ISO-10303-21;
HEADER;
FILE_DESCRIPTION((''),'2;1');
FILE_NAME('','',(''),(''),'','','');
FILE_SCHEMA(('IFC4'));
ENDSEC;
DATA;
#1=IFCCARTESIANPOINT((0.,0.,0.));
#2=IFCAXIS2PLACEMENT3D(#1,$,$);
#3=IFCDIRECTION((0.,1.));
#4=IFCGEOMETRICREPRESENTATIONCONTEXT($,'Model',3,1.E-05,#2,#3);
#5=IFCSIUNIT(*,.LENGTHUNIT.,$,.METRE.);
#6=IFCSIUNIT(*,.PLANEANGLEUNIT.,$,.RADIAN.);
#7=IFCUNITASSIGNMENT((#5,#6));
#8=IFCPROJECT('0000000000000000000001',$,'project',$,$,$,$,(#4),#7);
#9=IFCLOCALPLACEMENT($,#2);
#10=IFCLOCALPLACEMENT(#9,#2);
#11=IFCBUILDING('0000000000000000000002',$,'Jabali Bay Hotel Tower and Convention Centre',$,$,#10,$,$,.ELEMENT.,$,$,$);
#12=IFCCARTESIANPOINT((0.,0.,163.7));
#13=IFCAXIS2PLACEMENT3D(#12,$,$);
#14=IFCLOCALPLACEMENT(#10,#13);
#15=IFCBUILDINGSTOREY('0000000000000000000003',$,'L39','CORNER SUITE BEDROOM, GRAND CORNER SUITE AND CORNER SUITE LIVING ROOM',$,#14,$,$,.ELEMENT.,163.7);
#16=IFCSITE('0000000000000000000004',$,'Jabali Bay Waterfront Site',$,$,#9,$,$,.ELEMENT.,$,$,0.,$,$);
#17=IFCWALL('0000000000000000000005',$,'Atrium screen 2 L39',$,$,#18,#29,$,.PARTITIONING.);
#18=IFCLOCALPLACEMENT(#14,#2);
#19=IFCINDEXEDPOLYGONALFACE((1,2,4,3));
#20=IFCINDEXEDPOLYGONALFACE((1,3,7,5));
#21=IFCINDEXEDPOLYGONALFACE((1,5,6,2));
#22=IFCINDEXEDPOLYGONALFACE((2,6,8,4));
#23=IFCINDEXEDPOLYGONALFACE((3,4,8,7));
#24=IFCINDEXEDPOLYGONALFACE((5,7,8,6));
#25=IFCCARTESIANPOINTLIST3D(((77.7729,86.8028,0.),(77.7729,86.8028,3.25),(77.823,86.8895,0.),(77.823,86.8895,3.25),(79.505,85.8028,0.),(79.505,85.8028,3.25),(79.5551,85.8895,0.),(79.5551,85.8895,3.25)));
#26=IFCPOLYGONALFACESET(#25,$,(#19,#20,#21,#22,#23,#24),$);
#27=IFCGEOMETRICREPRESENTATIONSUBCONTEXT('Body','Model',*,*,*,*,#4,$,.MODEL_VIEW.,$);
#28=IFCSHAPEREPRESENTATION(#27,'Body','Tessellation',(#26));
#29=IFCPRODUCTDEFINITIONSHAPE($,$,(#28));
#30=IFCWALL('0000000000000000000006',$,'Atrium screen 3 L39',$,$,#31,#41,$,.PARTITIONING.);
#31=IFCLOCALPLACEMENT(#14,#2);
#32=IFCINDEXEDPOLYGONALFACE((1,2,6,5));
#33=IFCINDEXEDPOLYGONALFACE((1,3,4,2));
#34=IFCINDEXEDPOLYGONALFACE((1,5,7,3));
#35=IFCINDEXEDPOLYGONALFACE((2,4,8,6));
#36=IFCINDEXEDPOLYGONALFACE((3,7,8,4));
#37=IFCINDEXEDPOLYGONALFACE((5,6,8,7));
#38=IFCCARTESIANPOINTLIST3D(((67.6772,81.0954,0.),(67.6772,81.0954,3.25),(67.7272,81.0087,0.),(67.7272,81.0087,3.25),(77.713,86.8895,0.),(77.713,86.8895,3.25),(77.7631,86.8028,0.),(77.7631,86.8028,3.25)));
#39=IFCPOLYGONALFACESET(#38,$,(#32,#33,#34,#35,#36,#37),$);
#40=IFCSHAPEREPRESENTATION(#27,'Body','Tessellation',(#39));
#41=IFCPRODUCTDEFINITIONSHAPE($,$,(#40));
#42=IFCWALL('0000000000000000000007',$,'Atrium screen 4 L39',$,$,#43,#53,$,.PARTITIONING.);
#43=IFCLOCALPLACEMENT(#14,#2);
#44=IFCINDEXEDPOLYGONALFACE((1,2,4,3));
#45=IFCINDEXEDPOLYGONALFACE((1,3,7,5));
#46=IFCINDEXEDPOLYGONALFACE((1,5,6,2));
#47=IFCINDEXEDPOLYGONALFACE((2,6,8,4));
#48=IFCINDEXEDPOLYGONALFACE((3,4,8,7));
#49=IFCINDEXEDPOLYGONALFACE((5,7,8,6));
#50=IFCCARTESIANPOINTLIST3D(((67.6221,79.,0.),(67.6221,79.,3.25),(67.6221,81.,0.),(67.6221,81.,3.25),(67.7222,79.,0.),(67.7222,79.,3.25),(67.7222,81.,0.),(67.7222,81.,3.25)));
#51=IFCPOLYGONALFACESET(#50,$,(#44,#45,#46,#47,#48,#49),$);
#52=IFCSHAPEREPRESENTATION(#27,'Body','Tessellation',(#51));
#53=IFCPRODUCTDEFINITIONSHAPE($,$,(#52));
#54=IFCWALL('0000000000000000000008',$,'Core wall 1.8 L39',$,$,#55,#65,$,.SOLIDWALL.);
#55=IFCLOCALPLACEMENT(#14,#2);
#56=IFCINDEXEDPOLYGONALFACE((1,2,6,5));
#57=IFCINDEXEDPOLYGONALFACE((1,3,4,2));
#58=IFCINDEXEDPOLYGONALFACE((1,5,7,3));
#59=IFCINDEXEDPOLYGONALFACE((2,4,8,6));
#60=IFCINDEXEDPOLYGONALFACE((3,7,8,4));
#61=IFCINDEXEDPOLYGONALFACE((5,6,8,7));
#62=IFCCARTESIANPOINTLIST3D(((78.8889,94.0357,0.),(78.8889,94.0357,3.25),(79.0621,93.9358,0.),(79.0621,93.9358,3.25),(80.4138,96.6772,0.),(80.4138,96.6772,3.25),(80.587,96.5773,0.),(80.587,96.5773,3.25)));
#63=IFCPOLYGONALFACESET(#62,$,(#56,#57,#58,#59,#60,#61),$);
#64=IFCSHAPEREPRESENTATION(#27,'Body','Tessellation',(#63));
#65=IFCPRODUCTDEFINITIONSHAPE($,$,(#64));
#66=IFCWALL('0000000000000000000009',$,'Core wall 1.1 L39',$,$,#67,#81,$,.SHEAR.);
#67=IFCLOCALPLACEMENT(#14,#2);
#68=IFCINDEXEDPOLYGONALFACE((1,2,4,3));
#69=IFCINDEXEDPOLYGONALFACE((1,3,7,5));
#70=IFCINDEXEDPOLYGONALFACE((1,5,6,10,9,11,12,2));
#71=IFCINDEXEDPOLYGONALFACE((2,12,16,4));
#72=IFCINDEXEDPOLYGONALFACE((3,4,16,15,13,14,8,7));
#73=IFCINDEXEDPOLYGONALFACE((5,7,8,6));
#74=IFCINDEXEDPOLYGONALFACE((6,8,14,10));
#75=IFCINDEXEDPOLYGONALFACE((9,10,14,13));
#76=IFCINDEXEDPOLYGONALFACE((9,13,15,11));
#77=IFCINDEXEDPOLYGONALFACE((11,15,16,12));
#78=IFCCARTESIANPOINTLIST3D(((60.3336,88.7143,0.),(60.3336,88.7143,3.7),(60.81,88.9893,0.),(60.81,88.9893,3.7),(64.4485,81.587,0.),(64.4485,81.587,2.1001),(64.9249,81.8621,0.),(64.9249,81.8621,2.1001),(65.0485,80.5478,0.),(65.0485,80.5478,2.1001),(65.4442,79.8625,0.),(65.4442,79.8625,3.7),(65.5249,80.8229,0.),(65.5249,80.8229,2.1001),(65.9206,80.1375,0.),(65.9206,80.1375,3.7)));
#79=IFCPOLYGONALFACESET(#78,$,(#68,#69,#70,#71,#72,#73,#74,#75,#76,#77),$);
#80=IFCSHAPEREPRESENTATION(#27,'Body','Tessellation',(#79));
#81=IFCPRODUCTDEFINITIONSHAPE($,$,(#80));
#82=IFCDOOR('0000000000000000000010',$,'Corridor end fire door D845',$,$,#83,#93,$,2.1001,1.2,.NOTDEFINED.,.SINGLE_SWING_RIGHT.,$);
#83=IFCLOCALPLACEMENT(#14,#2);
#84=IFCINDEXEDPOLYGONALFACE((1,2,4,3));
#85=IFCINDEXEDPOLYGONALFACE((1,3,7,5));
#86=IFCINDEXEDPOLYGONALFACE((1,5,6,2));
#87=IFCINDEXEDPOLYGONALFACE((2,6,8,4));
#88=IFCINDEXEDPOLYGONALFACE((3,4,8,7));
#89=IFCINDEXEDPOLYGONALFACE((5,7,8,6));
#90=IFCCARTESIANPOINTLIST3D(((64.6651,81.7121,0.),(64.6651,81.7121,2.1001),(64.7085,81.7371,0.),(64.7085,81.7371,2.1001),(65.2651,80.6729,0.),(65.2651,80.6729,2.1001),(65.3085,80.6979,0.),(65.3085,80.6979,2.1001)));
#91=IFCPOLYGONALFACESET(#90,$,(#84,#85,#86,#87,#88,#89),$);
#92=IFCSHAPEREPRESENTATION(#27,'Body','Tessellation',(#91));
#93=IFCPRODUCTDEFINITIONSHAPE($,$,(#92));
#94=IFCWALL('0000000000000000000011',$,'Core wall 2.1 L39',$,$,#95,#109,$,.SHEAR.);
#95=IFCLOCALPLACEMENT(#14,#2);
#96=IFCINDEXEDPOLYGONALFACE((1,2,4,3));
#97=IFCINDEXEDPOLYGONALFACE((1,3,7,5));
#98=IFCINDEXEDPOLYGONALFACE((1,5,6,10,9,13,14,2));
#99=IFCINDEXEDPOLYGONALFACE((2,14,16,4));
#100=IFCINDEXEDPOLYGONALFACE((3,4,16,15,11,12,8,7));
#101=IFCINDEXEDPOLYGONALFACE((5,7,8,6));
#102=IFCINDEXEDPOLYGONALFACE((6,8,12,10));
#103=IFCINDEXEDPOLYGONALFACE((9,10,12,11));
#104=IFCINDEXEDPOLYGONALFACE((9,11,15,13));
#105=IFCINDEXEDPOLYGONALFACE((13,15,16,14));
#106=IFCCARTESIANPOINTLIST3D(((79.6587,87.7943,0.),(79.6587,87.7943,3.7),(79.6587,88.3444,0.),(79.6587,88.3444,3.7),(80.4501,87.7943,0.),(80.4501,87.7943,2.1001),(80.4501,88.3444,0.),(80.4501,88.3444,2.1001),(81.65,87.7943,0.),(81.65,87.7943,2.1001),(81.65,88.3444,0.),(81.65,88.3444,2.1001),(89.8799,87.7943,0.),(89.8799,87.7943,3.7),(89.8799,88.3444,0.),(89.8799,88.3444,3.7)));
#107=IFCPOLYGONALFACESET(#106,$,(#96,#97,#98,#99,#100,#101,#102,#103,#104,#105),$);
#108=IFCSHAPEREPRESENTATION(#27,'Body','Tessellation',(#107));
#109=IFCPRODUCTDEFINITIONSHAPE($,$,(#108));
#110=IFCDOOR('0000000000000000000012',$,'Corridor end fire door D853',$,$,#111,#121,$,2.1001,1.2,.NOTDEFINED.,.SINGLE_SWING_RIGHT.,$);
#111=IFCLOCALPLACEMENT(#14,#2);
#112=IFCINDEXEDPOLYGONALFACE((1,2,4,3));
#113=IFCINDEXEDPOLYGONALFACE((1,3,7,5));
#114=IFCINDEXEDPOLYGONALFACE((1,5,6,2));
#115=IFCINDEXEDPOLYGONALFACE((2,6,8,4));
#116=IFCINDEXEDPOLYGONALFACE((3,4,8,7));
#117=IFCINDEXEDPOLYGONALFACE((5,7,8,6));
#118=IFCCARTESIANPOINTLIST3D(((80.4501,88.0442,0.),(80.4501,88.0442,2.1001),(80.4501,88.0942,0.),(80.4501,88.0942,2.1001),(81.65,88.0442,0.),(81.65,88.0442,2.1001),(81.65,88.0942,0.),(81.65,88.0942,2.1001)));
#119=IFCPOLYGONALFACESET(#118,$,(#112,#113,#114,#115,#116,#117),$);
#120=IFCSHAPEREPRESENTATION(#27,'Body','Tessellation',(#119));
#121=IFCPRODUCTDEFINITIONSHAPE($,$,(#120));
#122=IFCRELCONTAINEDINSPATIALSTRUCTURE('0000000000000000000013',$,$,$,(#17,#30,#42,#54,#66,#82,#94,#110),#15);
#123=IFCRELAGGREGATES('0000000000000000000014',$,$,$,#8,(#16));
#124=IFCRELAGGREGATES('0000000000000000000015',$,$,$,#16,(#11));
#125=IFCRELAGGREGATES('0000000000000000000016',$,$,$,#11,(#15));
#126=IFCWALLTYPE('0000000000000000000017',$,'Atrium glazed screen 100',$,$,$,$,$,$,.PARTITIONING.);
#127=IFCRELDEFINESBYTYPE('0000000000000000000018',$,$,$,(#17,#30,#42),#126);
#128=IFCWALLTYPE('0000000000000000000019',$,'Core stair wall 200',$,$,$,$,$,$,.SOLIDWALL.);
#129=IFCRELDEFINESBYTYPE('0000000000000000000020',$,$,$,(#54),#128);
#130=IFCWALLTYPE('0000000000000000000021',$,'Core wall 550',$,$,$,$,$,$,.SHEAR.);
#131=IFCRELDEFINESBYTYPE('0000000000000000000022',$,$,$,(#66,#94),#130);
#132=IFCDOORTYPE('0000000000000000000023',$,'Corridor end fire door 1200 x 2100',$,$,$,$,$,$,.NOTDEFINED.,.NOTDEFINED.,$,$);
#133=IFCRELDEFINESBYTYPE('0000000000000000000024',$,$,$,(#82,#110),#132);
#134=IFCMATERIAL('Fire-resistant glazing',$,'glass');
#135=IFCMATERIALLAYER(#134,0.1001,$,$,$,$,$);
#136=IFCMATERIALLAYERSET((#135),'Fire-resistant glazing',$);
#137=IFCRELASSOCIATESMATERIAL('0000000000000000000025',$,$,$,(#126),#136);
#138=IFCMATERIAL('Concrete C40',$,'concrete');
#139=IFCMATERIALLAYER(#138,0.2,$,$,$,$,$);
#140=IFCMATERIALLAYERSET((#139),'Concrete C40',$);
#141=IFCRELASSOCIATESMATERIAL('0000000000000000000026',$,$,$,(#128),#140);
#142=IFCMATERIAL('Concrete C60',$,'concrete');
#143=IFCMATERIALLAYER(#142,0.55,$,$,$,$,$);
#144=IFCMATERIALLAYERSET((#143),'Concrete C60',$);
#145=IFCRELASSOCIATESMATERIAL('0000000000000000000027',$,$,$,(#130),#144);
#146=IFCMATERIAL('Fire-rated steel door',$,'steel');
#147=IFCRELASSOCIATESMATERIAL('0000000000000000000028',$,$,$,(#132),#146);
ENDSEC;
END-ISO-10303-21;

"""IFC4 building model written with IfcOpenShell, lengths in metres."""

from ifc_helpers import new_model, si_unit, direction, frame, frame_2d, origin, place, context, subcontext, project, spatial, rectangle, extrude, material, layer, layer_set, type_object, element, fill, save


model = new_model("IFC4")

# Units and contexts
model_context = context("Model", 3, precision=1e-05, world=origin(), true_north=direction((0.0, 1.0)))
body_context = subcontext(model_context, "Body", "Model", "MODEL_VIEW")
ifc_project = project(units=[si_unit("LENGTHUNIT", "METRE"), si_unit("PLANEANGLEUNIT", "RADIAN")], contexts=[model_context])

# Site, building, storey
site_placement = place(None, origin())
site = spatial("IfcSite", under=ifc_project, at=site_placement, Name="Jabali Bay Waterfront Site", CompositionType="ELEMENT", RefElevation=0.0)
building_placement = place(site_placement, origin())
building = spatial("IfcBuilding", under=site, at=building_placement, Name="Jabali Bay Hotel Tower and Convention Centre", CompositionType="ELEMENT")
storey_placement = place(building_placement, frame((0.0, 0.0, 163.7)))
storey = spatial("IfcBuildingStorey", under=building, at=storey_placement, Name="L39", Description="CORNER SUITE BEDROOM, GRAND CORNER SUITE AND CORNER SUITE LIVING ROOM", CompositionType="ELEMENT", Elevation=163.7)

# Walls
ifc_material_1 = material(Name="Fire-resistant glazing", Category="glass")
ifc_layer_1 = layer(ifc_material_1, 0.1001)
ifc_layer_set_1 = layer_set([ifc_layer_1], Name="Fire-resistant glazing")
wall_type_1 = type_object("IfcWallType", Name="Atrium glazed screen 100", PredefinedType="PARTITIONING", material=ifc_layer_set_1)
wall_1_placement = place(storey_placement, frame((79.53, 85.8462, 0.0), z_axis=(0.0, 0.0, 1.0), x_axis=(-0.866041, 0.499973, 0.0)))
element("IfcWall", 1, at=wall_1_placement, inside=storey, type_object=wall_type_1, Name="Atrium screen 2 L39", PredefinedType="PARTITIONING", context=body_context, shape_type="SweptSolid", body=[
    extrude(rectangle(XDim=2.0, YDim=0.1001, at=frame_2d((1.0, 0.0))), origin(), (0.0, 0.0, 1.0), 3.25),
])
wall_2_placement = place(storey_placement, frame((77.738, 86.8462, 0.0), z_axis=(0.0, 0.0, 1.0), x_axis=(-0.866027, -0.499998, 0.0)))
element("IfcWall", 2, at=wall_2_placement, inside=storey, type_object=wall_type_1, Name="Atrium screen 3 L39", PredefinedType="PARTITIONING", context=body_context, shape_type="SweptSolid", body=[
    extrude(rectangle(XDim=11.5884, YDim=0.1001, at=frame_2d((5.7942, 0.0))), origin(), (0.0, 0.0, 1.0), 3.25),
])
wall_3_placement = place(storey_placement, frame((67.6721, 81.0, 0.0), z_axis=(0.0, 0.0, 1.0), x_axis=(0.0, -1.0, 0.0)))
element("IfcWall", 3, at=wall_3_placement, inside=storey, type_object=wall_type_1, Name="Atrium screen 4 L39", PredefinedType="PARTITIONING", context=body_context, shape_type="SweptSolid", body=[
    extrude(rectangle(XDim=2.0, YDim=0.1001, at=frame_2d((1.0, 0.0))), origin(), (0.0, 0.0, 1.0), 3.25),
])
ifc_material_2 = material(Name="Concrete C40", Category="concrete")
ifc_layer_2 = layer(ifc_material_2, 0.2)
ifc_layer_set_2 = layer_set([ifc_layer_2], Name="Concrete C40")
wall_type_2 = type_object("IfcWallType", Name="Core stair wall 200", PredefinedType="SOLIDWALL", material=ifc_layer_set_2)
wall_4_placement = place(storey_placement, frame((78.9756, 93.9858, 0.0), z_axis=(0.0, 0.0, 1.0), x_axis=(0.499944, 0.866058, 0.0)))
element("IfcWall", 4, at=wall_4_placement, inside=storey, type_object=wall_type_2, Name="Core wall 1.8 L39", PredefinedType="SOLIDWALL", context=body_context, shape_type="SweptSolid", body=[
    extrude(rectangle(XDim=3.05, YDim=0.2, at=frame_2d((1.5249, 0.0))), origin(), (0.0, 0.0, 1.0), 3.25),
])

# Walls, openings, doors
ifc_material_3 = material(Name="Concrete C60", Category="concrete")
ifc_layer_3 = layer(ifc_material_3, 0.55)
ifc_layer_set_3 = layer_set([ifc_layer_3], Name="Concrete C60")
wall_type_3 = type_object("IfcWallType", Name="Core wall 550", PredefinedType="SHEAR", material=ifc_layer_set_3)
wall_5_placement = place(storey_placement, frame((65.6824, 80.0, 0.0), z_axis=(0.0, 0.0, 1.0), x_axis=(-0.5, 0.866025, 0.0)))
wall_5 = element("IfcWall", 5, at=wall_5_placement, inside=storey, type_object=wall_type_3, Name="Core wall 1.1 L39", PredefinedType="SHEAR", context=body_context, shape_type="SweptSolid", body=[
    extrude(rectangle(XDim=10.2212, YDim=0.55, at=frame_2d((5.1106, 0.0))), origin(), (0.0, 0.0, 1.0), 3.7),
])
opening_1_placement = place(wall_5_placement, frame((0.7913, 0.0, 0.0)))
opening_1 = element("IfcOpeningElement", 6, at=opening_1_placement, cuts=wall_5, PredefinedType="OPENING", context=body_context, shape_type="SweptSolid", body=[
    extrude(rectangle(XDim=1.2, YDim=2.1001, at=frame_2d((0.6001, 1.05))), frame((0.0, 0.2856, 0.0), z_axis=(0.0, -1.0, 0.0), x_axis=(1.0, 0.0, 0.0)), (0.0, 0.0, 1.0), 0.571),
])
ifc_material_4 = material(Name="Fire-rated steel door", Category="steel")
door_type_1 = type_object("IfcDoorType", Name="Corridor end fire door 1200 x 2100", OperationType="NOTDEFINED", PredefinedType="NOTDEFINED", material=ifc_material_4)
door_1_placement = place(opening_1_placement, origin())
door_1 = element("IfcDoor", 7, at=door_1_placement, inside=storey, type_object=door_type_1, Name="Corridor end fire door D845", OperationType="SINGLE_SWING_RIGHT", OverallHeight=2.1001, OverallWidth=1.2, PredefinedType="NOTDEFINED", context=body_context, shape_type="SweptSolid", body=[
    extrude(rectangle(XDim=1.2, YDim=2.1001, at=frame_2d((0.6001, 1.05))), frame((0.0, 0.0249, 0.0), z_axis=(0.0, -1.0, 0.0), x_axis=(1.0, 0.0, 0.0)), (0.0, 0.0, 1.0), 0.05),
])
fill(opening_1, door_1)
wall_6_placement = place(storey_placement, frame((79.6587, 88.0693, 0.0), z_axis=(0.0, 0.0, 1.0), x_axis=(1.0, 0.0, 0.0)))
wall_6 = element("IfcWall", 8, at=wall_6_placement, inside=storey, type_object=wall_type_3, Name="Core wall 2.1 L39", PredefinedType="SHEAR", context=body_context, shape_type="SweptSolid", body=[
    extrude(rectangle(XDim=10.2212, YDim=0.55, at=frame_2d((5.1106, 0.0))), origin(), (0.0, 0.0, 1.0), 3.7),
])
opening_2_placement = place(wall_6_placement, frame((0.7913, 0.0, 0.0)))
opening_2 = element("IfcOpeningElement", 9, at=opening_2_placement, cuts=wall_6, PredefinedType="OPENING", context=body_context, shape_type="SweptSolid", body=[
    extrude(rectangle(XDim=1.2, YDim=2.1001, at=frame_2d((0.6001, 1.05))), frame((0.0, 0.2856, 0.0), z_axis=(0.0, -1.0, 0.0), x_axis=(1.0, 0.0, 0.0)), (0.0, 0.0, 1.0), 0.571),
])
door_2_placement = place(opening_2_placement, origin())
door_2 = element("IfcDoor", 10, at=door_2_placement, inside=storey, type_object=door_type_1, Name="Corridor end fire door D853", OperationType="SINGLE_SWING_RIGHT", OverallHeight=2.1001, OverallWidth=1.2, PredefinedType="NOTDEFINED", context=body_context, shape_type="SweptSolid", body=[
    extrude(rectangle(XDim=1.2, YDim=2.1001, at=frame_2d((0.6001, 1.05))), frame((0.0, 0.0249, 0.0), z_axis=(0.0, -1.0, 0.0), x_axis=(1.0, 0.0, 0.0)), (0.0, 0.0, 1.0), 0.05),
])
fill(opening_2, door_2)

save(model, "model.ifc")
